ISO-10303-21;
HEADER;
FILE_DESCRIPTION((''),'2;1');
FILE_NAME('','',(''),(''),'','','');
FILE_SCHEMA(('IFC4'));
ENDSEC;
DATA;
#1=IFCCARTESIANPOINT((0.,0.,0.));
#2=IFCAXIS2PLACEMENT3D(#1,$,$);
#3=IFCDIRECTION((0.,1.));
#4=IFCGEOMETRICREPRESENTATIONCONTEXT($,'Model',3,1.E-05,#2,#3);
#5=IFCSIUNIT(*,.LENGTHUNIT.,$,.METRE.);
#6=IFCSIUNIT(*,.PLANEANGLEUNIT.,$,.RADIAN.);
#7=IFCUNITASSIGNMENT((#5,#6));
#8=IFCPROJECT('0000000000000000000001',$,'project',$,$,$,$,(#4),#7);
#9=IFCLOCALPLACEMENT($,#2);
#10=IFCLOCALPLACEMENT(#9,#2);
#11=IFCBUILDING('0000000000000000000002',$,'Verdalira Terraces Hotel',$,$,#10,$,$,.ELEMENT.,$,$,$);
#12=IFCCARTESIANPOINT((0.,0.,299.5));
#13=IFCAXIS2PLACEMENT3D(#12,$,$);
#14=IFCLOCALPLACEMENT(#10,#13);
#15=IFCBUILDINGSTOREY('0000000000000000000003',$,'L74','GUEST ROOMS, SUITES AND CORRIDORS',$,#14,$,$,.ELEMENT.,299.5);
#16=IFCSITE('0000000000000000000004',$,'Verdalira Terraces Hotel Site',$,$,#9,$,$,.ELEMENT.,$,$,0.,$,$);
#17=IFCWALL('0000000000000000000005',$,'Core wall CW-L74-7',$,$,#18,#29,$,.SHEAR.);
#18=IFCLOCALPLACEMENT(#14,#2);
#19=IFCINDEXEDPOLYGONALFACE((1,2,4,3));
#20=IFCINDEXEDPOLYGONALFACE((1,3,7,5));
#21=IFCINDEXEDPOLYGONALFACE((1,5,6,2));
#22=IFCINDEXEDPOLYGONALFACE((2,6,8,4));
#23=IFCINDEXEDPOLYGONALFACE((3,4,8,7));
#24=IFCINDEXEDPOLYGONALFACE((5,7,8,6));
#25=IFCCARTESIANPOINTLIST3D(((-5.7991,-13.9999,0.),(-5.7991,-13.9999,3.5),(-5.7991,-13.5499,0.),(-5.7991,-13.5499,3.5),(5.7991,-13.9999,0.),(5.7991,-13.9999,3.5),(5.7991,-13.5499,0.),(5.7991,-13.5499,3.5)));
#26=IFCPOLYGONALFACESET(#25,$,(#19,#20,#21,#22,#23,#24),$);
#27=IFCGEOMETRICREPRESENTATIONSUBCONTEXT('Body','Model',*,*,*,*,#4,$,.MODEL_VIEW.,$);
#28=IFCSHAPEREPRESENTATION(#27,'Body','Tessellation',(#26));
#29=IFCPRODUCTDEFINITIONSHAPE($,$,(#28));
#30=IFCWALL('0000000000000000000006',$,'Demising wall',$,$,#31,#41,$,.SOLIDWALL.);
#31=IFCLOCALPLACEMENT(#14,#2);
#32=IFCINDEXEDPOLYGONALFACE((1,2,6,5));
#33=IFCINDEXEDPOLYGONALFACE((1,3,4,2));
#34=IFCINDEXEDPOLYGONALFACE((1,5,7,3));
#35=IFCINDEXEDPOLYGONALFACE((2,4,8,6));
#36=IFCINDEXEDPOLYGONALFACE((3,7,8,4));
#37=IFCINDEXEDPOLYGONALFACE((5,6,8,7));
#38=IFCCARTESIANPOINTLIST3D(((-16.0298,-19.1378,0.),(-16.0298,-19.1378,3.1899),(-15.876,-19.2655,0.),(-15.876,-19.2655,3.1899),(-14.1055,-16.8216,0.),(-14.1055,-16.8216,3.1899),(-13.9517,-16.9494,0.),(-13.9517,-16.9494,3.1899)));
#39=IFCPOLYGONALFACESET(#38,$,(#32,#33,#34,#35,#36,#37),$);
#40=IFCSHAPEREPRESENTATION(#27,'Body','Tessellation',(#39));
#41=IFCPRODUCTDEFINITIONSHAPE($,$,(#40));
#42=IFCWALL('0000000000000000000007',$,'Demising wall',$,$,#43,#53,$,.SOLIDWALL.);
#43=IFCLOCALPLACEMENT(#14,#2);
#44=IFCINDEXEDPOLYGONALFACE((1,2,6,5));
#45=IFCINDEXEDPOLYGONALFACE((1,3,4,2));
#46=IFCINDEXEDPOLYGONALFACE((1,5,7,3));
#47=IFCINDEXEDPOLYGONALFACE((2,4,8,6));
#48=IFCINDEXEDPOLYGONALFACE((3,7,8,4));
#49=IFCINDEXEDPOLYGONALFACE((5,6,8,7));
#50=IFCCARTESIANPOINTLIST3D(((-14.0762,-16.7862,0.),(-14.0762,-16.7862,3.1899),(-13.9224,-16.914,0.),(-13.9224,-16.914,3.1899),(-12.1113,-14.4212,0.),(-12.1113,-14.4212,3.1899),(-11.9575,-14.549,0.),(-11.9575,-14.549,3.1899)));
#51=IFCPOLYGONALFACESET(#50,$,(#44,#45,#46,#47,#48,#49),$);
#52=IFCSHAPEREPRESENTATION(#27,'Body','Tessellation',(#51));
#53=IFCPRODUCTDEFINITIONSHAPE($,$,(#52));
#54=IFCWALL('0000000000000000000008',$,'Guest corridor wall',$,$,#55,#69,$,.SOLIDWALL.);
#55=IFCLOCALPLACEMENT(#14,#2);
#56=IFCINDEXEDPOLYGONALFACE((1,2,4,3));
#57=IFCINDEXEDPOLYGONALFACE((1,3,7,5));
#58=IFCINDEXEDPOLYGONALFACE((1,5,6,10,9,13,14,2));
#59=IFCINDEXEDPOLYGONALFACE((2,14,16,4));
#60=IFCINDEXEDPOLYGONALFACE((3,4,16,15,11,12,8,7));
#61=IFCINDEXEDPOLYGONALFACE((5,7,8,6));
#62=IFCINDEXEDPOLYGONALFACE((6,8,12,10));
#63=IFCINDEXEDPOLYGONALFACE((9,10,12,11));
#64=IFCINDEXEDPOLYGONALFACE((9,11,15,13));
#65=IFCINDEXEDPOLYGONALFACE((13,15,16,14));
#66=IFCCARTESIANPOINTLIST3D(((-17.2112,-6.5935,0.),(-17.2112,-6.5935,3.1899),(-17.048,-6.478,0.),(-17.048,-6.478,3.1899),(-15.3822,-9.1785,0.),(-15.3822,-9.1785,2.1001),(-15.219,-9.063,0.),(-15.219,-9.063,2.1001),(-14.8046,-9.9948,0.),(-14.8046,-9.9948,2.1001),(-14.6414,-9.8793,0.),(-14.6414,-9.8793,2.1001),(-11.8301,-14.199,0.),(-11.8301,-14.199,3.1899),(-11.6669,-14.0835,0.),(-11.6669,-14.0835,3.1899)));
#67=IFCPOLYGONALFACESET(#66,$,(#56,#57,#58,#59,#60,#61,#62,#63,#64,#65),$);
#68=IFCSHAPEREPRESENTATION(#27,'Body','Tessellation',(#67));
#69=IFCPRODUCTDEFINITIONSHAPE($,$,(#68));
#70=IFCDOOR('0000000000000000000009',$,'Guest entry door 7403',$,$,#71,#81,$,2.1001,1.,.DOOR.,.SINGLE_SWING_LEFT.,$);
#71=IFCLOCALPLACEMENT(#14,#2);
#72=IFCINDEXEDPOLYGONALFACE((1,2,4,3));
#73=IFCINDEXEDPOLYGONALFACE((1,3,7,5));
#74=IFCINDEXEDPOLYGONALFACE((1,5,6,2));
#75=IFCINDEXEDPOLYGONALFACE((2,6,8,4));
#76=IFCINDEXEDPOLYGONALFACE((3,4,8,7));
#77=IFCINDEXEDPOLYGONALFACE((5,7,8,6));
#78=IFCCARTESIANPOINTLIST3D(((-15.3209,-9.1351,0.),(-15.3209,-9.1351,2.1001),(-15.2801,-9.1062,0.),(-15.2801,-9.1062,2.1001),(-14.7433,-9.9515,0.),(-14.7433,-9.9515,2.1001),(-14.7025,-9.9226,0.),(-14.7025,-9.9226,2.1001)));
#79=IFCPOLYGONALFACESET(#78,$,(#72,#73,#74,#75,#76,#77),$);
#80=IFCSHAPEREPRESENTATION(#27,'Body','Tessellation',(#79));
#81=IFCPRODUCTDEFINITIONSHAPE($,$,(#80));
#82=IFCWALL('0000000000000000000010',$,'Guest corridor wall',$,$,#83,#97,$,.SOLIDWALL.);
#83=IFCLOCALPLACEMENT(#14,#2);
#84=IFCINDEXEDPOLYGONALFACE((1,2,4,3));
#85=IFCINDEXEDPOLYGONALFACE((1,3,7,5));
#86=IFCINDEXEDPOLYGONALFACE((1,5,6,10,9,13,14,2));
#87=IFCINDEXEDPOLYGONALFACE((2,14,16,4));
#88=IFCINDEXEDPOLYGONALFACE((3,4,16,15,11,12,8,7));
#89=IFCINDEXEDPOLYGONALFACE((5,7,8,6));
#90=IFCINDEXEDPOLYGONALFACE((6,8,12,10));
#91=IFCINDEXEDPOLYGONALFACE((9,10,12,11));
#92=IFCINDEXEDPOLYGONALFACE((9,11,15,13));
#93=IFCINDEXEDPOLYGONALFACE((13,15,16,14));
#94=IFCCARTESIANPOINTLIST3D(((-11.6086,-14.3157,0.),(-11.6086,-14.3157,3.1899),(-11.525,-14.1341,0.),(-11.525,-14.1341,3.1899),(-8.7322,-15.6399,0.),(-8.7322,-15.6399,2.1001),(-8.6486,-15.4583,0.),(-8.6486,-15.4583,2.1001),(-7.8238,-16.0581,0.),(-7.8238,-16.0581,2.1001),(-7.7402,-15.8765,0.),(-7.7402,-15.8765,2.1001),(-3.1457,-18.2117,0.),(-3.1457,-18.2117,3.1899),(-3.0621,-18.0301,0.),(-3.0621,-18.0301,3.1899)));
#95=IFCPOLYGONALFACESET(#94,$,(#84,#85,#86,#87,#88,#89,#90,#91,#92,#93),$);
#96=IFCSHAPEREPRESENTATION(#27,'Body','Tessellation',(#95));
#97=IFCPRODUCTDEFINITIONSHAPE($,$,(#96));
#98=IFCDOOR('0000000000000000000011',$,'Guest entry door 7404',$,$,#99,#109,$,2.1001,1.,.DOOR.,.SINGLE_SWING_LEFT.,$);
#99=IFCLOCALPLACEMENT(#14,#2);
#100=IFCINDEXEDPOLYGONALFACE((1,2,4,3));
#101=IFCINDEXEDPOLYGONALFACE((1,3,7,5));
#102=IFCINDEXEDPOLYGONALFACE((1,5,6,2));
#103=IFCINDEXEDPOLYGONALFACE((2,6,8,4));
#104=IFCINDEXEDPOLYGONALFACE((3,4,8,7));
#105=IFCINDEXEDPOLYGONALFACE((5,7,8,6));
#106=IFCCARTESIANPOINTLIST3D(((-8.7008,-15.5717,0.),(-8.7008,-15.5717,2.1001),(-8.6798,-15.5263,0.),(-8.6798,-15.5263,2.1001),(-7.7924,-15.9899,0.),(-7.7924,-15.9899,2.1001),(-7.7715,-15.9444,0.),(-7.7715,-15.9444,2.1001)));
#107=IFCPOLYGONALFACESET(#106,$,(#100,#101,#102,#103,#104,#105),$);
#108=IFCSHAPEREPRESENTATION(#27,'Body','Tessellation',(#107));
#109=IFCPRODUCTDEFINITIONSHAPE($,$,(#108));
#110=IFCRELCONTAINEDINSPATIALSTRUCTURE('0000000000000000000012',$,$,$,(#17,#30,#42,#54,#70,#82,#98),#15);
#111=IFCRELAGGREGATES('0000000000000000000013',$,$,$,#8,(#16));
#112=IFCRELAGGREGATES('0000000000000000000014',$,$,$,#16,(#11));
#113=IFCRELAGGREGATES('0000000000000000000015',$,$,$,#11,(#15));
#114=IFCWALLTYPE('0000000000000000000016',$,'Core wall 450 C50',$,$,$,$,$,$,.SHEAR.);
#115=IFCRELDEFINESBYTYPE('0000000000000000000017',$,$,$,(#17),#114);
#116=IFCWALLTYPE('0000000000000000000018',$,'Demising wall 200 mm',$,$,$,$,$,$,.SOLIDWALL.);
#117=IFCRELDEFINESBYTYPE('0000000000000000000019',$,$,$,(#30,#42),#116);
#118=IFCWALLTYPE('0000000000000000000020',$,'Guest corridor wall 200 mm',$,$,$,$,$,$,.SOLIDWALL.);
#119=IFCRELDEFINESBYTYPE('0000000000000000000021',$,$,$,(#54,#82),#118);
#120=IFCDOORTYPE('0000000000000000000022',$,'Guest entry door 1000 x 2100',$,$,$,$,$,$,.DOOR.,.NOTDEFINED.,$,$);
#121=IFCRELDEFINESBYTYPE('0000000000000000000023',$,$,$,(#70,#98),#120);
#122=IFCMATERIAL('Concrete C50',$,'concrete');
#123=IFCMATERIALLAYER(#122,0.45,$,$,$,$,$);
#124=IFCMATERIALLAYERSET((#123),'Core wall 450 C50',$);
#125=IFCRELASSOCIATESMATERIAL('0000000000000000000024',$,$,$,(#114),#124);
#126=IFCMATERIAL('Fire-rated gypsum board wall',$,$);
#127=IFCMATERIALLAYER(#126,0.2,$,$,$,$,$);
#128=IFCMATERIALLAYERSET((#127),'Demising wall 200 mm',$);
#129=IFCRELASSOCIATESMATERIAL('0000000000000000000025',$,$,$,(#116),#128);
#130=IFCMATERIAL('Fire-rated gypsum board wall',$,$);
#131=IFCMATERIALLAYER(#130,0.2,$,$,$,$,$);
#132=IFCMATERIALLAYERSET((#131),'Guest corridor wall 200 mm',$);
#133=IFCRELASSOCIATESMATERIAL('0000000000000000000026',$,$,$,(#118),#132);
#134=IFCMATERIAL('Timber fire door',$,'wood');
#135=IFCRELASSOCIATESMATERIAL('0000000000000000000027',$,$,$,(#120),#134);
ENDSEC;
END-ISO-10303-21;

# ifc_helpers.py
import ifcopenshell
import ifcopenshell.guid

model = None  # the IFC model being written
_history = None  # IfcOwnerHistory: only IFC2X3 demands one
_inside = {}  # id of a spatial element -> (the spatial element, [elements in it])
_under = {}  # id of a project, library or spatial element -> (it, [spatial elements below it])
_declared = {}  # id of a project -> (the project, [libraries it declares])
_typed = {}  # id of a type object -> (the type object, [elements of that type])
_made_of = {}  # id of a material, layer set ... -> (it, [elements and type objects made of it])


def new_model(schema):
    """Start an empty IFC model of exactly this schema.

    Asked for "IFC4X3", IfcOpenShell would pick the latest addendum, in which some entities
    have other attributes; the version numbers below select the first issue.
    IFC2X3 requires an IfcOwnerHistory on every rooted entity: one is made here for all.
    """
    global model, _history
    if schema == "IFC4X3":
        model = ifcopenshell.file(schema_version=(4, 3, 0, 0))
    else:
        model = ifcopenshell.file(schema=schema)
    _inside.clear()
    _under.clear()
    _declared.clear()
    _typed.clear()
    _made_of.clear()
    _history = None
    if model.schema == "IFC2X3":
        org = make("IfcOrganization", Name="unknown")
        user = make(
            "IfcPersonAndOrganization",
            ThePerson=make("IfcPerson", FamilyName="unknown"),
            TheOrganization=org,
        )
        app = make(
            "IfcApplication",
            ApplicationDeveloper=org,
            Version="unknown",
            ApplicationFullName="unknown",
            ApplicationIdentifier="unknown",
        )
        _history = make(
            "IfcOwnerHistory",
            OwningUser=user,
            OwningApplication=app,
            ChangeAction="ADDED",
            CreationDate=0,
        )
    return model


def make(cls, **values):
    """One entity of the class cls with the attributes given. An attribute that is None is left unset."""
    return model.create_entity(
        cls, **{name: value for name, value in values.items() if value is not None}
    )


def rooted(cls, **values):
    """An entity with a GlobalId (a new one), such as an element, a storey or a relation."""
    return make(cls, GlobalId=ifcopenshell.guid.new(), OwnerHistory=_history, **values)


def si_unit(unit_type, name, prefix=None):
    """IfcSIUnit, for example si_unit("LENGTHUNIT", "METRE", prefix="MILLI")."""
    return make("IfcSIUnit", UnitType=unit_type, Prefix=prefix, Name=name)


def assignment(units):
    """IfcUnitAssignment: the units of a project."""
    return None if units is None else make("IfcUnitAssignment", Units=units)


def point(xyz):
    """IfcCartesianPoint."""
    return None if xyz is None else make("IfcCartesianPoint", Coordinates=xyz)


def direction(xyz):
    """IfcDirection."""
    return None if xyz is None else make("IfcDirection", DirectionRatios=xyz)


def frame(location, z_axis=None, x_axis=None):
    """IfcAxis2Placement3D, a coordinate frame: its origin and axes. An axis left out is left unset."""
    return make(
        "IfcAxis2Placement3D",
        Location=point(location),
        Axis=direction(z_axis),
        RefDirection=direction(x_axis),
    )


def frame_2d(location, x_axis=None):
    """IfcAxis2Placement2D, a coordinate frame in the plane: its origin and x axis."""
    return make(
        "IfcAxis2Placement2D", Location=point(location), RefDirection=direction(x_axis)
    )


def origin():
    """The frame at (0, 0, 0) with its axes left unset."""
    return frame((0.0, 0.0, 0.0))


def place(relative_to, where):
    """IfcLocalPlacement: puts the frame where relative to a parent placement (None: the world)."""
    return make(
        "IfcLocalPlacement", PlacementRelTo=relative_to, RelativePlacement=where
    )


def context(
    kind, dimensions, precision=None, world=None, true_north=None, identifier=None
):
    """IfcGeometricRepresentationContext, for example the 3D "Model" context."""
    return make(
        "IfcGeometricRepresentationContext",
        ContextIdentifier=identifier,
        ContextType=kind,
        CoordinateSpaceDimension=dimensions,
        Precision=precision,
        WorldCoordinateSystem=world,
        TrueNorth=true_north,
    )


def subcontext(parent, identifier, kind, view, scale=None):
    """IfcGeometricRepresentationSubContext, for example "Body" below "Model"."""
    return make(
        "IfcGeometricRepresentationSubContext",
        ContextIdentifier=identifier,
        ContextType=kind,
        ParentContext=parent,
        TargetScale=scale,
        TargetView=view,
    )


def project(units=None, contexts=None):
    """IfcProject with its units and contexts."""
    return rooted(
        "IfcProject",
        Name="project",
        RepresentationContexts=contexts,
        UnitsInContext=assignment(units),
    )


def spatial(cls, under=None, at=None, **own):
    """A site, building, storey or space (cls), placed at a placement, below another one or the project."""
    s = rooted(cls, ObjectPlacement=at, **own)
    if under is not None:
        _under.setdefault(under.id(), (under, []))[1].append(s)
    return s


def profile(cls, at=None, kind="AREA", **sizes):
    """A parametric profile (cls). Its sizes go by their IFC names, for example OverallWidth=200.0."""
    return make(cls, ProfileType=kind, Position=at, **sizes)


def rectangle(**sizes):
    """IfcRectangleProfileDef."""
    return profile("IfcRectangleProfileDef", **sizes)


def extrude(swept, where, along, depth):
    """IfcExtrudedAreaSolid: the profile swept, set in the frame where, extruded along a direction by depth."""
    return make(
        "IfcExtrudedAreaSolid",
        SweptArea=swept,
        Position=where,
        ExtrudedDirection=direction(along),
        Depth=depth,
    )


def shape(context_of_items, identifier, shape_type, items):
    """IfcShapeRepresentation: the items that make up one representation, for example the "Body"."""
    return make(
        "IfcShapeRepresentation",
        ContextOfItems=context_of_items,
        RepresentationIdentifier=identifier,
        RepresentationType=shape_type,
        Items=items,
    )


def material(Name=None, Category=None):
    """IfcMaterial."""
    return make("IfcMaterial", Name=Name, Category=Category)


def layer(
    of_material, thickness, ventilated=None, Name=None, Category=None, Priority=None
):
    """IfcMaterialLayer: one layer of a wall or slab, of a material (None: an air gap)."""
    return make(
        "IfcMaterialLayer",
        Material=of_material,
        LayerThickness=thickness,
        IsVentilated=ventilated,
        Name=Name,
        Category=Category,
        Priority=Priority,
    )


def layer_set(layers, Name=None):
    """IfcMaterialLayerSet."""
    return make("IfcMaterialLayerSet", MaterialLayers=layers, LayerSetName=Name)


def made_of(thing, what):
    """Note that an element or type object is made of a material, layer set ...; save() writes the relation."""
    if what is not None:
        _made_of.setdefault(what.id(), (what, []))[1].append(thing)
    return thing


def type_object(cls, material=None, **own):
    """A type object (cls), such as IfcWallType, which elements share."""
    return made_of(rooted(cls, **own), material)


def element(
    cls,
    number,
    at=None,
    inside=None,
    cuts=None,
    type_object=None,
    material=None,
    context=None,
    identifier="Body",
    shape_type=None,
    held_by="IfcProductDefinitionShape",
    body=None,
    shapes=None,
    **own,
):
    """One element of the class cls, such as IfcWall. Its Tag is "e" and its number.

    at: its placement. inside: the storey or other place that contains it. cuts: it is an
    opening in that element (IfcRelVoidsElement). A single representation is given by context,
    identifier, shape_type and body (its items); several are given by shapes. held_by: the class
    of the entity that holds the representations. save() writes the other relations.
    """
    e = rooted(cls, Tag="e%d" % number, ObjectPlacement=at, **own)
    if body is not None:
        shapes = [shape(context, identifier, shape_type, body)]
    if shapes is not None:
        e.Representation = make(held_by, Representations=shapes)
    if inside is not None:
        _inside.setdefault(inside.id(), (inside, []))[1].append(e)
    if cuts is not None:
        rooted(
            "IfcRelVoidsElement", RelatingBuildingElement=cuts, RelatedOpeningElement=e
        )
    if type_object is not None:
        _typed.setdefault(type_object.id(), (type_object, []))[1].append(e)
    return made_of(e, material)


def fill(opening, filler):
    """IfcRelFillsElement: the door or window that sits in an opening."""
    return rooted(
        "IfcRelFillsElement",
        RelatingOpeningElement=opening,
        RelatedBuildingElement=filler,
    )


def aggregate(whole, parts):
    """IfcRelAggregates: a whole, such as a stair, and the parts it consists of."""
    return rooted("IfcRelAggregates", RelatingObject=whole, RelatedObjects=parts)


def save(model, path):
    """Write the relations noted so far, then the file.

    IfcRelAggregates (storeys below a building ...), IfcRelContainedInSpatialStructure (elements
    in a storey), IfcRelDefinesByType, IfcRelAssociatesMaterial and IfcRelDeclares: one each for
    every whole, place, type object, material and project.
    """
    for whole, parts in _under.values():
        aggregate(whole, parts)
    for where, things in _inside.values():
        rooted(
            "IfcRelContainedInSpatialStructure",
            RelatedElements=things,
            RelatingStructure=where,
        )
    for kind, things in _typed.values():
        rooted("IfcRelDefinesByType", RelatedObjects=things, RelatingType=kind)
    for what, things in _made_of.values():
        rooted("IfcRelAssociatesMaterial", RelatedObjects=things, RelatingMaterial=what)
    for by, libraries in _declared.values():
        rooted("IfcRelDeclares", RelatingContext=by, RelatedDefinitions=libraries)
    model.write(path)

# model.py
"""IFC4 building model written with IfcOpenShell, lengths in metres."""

from ifc_helpers import new_model, si_unit, direction, frame, frame_2d, origin, place, context, subcontext, project, spatial, rectangle, extrude, material, layer, layer_set, type_object, element, fill, save


model = new_model("IFC4")

# Units and contexts
model_context = context("Model", 3, precision=1e-05, world=origin(), true_north=direction((0.0, 1.0)))
body_context = subcontext(model_context, "Body", "Model", "MODEL_VIEW")
ifc_project = project(units=[si_unit("LENGTHUNIT", "METRE"), si_unit("PLANEANGLEUNIT", "RADIAN")], contexts=[model_context])

# Site, building, storey
site_placement = place(None, origin())
site = spatial("IfcSite", under=ifc_project, at=site_placement, Name="Verdalira Terraces Hotel Site", CompositionType="ELEMENT", RefElevation=0.0)
building_placement = place(site_placement, origin())
building = spatial("IfcBuilding", under=site, at=building_placement, Name="Verdalira Terraces Hotel", CompositionType="ELEMENT")
storey_placement = place(building_placement, frame((0.0, 0.0, 299.5)))
storey = spatial("IfcBuildingStorey", under=building, at=storey_placement, Name="L74", Description="GUEST ROOMS, SUITES AND CORRIDORS", CompositionType="ELEMENT", Elevation=299.5)

# Walls
ifc_material_1 = material(Name="Concrete C50", Category="concrete")
ifc_layer_1 = layer(ifc_material_1, 0.45)
ifc_layer_set_1 = layer_set([ifc_layer_1], Name="Core wall 450 C50")
wall_type_1 = type_object("IfcWallType", Name="Core wall 450 C50", PredefinedType="SHEAR", material=ifc_layer_set_1)
wall_1_placement = place(storey_placement, frame((-5.7991, -13.7749, 0.0), z_axis=(0.0, 0.0, 1.0), x_axis=(1.0, 0.0, 0.0)))
element("IfcWall", 1, at=wall_1_placement, inside=storey, type_object=wall_type_1, Name="Core wall CW-L74-7", PredefinedType="SHEAR", context=body_context, shape_type="SweptSolid", body=[
    extrude(rectangle(XDim=11.5981, YDim=0.45, at=frame_2d((5.7991, 0.0))), origin(), (0.0, 0.0, 1.0), 3.5),
])
ifc_material_2 = material(Name="Fire-rated gypsum board wall")
ifc_layer_2 = layer(ifc_material_2, 0.2)
ifc_layer_set_2 = layer_set([ifc_layer_2], Name="Demising wall 200 mm")
wall_type_2 = type_object("IfcWallType", Name="Demising wall 200 mm", PredefinedType="SOLIDWALL", material=ifc_layer_set_2)
wall_2_placement = place(storey_placement, frame((-14.0286, -16.8855, 0.0), z_axis=(0.0, 0.0, 1.0), x_axis=(-0.639043, -0.769171, 0.0)))
element("IfcWall", 2, at=wall_2_placement, inside=storey, type_object=wall_type_2, Name="Demising wall", PredefinedType="SOLIDWALL", context=body_context, shape_type="SweptSolid", body=[
    extrude(rectangle(XDim=3.0112, YDim=0.2, at=frame_2d((1.5056, 0.0))), origin(), (0.0, 0.0, 1.0), 3.1899),
])
wall_3_placement = place(storey_placement, frame((-12.0344, -14.4851, 0.0), z_axis=(0.0, 0.0, 1.0), x_axis=(-0.639036, -0.769177, 0.0)))
element("IfcWall", 3, at=wall_3_placement, inside=storey, type_object=wall_type_2, Name="Demising wall", PredefinedType="SOLIDWALL", context=body_context, shape_type="SweptSolid", body=[
    extrude(rectangle(XDim=3.0747, YDim=0.2, at=frame_2d((1.5374, 0.0))), origin(), (0.0, 0.0, 1.0), 3.1899),
])

# Walls, openings, doors
ifc_material_3 = material(Name="Fire-rated gypsum board wall")
ifc_layer_3 = layer(ifc_material_3, 0.2)
ifc_layer_set_3 = layer_set([ifc_layer_3], Name="Guest corridor wall 200 mm")
wall_type_3 = type_object("IfcWallType", Name="Guest corridor wall 200 mm", PredefinedType="SOLIDWALL", material=ifc_layer_set_3)
wall_4_placement = place(storey_placement, frame((-11.7485, -14.1411, 0.0), z_axis=(0.0, 0.0, 1.0), x_axis=(-0.577581, 0.816333, 0.0)))
wall_4 = element("IfcWall", 4, at=wall_4_placement, inside=storey, type_object=wall_type_3, Name="Guest corridor wall", PredefinedType="SOLIDWALL", context=body_context, shape_type="SweptSolid", body=[
    extrude(rectangle(XDim=9.3166, YDim=0.2, at=frame_2d((4.6582, 0.0))), origin(), (0.0, 0.0, 1.0), 3.1899),
])
opening_1_placement = place(wall_4_placement, frame((5.1499, 0.0, 0.0)))
opening_1 = element("IfcOpeningElement", 5, at=opening_1_placement, cuts=wall_4, PredefinedType="OPENING", context=body_context, shape_type="SweptSolid", body=[
    extrude(rectangle(XDim=1.0, YDim=2.1001, at=frame_2d((0.5, 1.05))), frame((0.0, 0.1099, 0.0), z_axis=(0.0, -1.0, 0.0), x_axis=(1.0, 0.0, 0.0)), (0.0, 0.0, 1.0), 0.22),
])
ifc_material_4 = material(Name="Timber fire door", Category="wood")
door_type_1 = type_object("IfcDoorType", Name="Guest entry door 1000 x 2100", OperationType="NOTDEFINED", PredefinedType="DOOR", material=ifc_material_4)
door_1_placement = place(opening_1_placement, origin())
door_1 = element("IfcDoor", 6, at=door_1_placement, inside=storey, type_object=door_type_1, Name="Guest entry door 7403", OperationType="SINGLE_SWING_LEFT", OverallHeight=2.1001, OverallWidth=1.0, PredefinedType="DOOR", context=body_context, shape_type="SweptSolid", body=[
    extrude(rectangle(XDim=1.0, YDim=2.1001, at=frame_2d((0.5, 1.05))), frame((0.0, 0.0249, 0.0), z_axis=(0.0, -1.0, 0.0), x_axis=(1.0, 0.0, 0.0)), (0.0, 0.0, 1.0), 0.05),
])
fill(opening_1, door_1)
wall_5_placement = place(storey_placement, frame((-3.104, -18.1209, 0.0), z_axis=(0.0, 0.0, 1.0), x_axis=(-0.908365, 0.418177, 0.0)))
wall_5 = element("IfcWall", 7, at=wall_5_placement, inside=storey, type_object=wall_type_3, Name="Guest corridor wall", PredefinedType="SOLIDWALL", context=body_context, shape_type="SweptSolid", body=[
    extrude(rectangle(XDim=9.3166, YDim=0.2, at=frame_2d((4.6582, 0.0))), origin(), (0.0, 0.0, 1.0), 3.1899),
])
opening_2_placement = place(wall_5_placement, frame((5.1499, 0.0, 0.0)))
opening_2 = element("IfcOpeningElement", 8, at=opening_2_placement, cuts=wall_5, PredefinedType="OPENING", context=body_context, shape_type="SweptSolid", body=[
    extrude(rectangle(XDim=1.0, YDim=2.1001, at=frame_2d((0.5, 1.05))), frame((0.0, 0.1099, 0.0), z_axis=(0.0, -1.0, 0.0), x_axis=(1.0, 0.0, 0.0)), (0.0, 0.0, 1.0), 0.22),
])
door_2_placement = place(opening_2_placement, origin())
door_2 = element("IfcDoor", 9, at=door_2_placement, inside=storey, type_object=door_type_1, Name="Guest entry door 7404", OperationType="SINGLE_SWING_LEFT", OverallHeight=2.1001, OverallWidth=1.0, PredefinedType="DOOR", context=body_context, shape_type="SweptSolid", body=[
    extrude(rectangle(XDim=1.0, YDim=2.1001, at=frame_2d((0.5, 1.05))), frame((0.0, 0.0249, 0.0), z_axis=(0.0, -1.0, 0.0), x_axis=(1.0, 0.0, 0.0)), (0.0, 0.0, 1.0), 0.05),
])
fill(opening_2, door_2)

save(model, "model.ifc")
